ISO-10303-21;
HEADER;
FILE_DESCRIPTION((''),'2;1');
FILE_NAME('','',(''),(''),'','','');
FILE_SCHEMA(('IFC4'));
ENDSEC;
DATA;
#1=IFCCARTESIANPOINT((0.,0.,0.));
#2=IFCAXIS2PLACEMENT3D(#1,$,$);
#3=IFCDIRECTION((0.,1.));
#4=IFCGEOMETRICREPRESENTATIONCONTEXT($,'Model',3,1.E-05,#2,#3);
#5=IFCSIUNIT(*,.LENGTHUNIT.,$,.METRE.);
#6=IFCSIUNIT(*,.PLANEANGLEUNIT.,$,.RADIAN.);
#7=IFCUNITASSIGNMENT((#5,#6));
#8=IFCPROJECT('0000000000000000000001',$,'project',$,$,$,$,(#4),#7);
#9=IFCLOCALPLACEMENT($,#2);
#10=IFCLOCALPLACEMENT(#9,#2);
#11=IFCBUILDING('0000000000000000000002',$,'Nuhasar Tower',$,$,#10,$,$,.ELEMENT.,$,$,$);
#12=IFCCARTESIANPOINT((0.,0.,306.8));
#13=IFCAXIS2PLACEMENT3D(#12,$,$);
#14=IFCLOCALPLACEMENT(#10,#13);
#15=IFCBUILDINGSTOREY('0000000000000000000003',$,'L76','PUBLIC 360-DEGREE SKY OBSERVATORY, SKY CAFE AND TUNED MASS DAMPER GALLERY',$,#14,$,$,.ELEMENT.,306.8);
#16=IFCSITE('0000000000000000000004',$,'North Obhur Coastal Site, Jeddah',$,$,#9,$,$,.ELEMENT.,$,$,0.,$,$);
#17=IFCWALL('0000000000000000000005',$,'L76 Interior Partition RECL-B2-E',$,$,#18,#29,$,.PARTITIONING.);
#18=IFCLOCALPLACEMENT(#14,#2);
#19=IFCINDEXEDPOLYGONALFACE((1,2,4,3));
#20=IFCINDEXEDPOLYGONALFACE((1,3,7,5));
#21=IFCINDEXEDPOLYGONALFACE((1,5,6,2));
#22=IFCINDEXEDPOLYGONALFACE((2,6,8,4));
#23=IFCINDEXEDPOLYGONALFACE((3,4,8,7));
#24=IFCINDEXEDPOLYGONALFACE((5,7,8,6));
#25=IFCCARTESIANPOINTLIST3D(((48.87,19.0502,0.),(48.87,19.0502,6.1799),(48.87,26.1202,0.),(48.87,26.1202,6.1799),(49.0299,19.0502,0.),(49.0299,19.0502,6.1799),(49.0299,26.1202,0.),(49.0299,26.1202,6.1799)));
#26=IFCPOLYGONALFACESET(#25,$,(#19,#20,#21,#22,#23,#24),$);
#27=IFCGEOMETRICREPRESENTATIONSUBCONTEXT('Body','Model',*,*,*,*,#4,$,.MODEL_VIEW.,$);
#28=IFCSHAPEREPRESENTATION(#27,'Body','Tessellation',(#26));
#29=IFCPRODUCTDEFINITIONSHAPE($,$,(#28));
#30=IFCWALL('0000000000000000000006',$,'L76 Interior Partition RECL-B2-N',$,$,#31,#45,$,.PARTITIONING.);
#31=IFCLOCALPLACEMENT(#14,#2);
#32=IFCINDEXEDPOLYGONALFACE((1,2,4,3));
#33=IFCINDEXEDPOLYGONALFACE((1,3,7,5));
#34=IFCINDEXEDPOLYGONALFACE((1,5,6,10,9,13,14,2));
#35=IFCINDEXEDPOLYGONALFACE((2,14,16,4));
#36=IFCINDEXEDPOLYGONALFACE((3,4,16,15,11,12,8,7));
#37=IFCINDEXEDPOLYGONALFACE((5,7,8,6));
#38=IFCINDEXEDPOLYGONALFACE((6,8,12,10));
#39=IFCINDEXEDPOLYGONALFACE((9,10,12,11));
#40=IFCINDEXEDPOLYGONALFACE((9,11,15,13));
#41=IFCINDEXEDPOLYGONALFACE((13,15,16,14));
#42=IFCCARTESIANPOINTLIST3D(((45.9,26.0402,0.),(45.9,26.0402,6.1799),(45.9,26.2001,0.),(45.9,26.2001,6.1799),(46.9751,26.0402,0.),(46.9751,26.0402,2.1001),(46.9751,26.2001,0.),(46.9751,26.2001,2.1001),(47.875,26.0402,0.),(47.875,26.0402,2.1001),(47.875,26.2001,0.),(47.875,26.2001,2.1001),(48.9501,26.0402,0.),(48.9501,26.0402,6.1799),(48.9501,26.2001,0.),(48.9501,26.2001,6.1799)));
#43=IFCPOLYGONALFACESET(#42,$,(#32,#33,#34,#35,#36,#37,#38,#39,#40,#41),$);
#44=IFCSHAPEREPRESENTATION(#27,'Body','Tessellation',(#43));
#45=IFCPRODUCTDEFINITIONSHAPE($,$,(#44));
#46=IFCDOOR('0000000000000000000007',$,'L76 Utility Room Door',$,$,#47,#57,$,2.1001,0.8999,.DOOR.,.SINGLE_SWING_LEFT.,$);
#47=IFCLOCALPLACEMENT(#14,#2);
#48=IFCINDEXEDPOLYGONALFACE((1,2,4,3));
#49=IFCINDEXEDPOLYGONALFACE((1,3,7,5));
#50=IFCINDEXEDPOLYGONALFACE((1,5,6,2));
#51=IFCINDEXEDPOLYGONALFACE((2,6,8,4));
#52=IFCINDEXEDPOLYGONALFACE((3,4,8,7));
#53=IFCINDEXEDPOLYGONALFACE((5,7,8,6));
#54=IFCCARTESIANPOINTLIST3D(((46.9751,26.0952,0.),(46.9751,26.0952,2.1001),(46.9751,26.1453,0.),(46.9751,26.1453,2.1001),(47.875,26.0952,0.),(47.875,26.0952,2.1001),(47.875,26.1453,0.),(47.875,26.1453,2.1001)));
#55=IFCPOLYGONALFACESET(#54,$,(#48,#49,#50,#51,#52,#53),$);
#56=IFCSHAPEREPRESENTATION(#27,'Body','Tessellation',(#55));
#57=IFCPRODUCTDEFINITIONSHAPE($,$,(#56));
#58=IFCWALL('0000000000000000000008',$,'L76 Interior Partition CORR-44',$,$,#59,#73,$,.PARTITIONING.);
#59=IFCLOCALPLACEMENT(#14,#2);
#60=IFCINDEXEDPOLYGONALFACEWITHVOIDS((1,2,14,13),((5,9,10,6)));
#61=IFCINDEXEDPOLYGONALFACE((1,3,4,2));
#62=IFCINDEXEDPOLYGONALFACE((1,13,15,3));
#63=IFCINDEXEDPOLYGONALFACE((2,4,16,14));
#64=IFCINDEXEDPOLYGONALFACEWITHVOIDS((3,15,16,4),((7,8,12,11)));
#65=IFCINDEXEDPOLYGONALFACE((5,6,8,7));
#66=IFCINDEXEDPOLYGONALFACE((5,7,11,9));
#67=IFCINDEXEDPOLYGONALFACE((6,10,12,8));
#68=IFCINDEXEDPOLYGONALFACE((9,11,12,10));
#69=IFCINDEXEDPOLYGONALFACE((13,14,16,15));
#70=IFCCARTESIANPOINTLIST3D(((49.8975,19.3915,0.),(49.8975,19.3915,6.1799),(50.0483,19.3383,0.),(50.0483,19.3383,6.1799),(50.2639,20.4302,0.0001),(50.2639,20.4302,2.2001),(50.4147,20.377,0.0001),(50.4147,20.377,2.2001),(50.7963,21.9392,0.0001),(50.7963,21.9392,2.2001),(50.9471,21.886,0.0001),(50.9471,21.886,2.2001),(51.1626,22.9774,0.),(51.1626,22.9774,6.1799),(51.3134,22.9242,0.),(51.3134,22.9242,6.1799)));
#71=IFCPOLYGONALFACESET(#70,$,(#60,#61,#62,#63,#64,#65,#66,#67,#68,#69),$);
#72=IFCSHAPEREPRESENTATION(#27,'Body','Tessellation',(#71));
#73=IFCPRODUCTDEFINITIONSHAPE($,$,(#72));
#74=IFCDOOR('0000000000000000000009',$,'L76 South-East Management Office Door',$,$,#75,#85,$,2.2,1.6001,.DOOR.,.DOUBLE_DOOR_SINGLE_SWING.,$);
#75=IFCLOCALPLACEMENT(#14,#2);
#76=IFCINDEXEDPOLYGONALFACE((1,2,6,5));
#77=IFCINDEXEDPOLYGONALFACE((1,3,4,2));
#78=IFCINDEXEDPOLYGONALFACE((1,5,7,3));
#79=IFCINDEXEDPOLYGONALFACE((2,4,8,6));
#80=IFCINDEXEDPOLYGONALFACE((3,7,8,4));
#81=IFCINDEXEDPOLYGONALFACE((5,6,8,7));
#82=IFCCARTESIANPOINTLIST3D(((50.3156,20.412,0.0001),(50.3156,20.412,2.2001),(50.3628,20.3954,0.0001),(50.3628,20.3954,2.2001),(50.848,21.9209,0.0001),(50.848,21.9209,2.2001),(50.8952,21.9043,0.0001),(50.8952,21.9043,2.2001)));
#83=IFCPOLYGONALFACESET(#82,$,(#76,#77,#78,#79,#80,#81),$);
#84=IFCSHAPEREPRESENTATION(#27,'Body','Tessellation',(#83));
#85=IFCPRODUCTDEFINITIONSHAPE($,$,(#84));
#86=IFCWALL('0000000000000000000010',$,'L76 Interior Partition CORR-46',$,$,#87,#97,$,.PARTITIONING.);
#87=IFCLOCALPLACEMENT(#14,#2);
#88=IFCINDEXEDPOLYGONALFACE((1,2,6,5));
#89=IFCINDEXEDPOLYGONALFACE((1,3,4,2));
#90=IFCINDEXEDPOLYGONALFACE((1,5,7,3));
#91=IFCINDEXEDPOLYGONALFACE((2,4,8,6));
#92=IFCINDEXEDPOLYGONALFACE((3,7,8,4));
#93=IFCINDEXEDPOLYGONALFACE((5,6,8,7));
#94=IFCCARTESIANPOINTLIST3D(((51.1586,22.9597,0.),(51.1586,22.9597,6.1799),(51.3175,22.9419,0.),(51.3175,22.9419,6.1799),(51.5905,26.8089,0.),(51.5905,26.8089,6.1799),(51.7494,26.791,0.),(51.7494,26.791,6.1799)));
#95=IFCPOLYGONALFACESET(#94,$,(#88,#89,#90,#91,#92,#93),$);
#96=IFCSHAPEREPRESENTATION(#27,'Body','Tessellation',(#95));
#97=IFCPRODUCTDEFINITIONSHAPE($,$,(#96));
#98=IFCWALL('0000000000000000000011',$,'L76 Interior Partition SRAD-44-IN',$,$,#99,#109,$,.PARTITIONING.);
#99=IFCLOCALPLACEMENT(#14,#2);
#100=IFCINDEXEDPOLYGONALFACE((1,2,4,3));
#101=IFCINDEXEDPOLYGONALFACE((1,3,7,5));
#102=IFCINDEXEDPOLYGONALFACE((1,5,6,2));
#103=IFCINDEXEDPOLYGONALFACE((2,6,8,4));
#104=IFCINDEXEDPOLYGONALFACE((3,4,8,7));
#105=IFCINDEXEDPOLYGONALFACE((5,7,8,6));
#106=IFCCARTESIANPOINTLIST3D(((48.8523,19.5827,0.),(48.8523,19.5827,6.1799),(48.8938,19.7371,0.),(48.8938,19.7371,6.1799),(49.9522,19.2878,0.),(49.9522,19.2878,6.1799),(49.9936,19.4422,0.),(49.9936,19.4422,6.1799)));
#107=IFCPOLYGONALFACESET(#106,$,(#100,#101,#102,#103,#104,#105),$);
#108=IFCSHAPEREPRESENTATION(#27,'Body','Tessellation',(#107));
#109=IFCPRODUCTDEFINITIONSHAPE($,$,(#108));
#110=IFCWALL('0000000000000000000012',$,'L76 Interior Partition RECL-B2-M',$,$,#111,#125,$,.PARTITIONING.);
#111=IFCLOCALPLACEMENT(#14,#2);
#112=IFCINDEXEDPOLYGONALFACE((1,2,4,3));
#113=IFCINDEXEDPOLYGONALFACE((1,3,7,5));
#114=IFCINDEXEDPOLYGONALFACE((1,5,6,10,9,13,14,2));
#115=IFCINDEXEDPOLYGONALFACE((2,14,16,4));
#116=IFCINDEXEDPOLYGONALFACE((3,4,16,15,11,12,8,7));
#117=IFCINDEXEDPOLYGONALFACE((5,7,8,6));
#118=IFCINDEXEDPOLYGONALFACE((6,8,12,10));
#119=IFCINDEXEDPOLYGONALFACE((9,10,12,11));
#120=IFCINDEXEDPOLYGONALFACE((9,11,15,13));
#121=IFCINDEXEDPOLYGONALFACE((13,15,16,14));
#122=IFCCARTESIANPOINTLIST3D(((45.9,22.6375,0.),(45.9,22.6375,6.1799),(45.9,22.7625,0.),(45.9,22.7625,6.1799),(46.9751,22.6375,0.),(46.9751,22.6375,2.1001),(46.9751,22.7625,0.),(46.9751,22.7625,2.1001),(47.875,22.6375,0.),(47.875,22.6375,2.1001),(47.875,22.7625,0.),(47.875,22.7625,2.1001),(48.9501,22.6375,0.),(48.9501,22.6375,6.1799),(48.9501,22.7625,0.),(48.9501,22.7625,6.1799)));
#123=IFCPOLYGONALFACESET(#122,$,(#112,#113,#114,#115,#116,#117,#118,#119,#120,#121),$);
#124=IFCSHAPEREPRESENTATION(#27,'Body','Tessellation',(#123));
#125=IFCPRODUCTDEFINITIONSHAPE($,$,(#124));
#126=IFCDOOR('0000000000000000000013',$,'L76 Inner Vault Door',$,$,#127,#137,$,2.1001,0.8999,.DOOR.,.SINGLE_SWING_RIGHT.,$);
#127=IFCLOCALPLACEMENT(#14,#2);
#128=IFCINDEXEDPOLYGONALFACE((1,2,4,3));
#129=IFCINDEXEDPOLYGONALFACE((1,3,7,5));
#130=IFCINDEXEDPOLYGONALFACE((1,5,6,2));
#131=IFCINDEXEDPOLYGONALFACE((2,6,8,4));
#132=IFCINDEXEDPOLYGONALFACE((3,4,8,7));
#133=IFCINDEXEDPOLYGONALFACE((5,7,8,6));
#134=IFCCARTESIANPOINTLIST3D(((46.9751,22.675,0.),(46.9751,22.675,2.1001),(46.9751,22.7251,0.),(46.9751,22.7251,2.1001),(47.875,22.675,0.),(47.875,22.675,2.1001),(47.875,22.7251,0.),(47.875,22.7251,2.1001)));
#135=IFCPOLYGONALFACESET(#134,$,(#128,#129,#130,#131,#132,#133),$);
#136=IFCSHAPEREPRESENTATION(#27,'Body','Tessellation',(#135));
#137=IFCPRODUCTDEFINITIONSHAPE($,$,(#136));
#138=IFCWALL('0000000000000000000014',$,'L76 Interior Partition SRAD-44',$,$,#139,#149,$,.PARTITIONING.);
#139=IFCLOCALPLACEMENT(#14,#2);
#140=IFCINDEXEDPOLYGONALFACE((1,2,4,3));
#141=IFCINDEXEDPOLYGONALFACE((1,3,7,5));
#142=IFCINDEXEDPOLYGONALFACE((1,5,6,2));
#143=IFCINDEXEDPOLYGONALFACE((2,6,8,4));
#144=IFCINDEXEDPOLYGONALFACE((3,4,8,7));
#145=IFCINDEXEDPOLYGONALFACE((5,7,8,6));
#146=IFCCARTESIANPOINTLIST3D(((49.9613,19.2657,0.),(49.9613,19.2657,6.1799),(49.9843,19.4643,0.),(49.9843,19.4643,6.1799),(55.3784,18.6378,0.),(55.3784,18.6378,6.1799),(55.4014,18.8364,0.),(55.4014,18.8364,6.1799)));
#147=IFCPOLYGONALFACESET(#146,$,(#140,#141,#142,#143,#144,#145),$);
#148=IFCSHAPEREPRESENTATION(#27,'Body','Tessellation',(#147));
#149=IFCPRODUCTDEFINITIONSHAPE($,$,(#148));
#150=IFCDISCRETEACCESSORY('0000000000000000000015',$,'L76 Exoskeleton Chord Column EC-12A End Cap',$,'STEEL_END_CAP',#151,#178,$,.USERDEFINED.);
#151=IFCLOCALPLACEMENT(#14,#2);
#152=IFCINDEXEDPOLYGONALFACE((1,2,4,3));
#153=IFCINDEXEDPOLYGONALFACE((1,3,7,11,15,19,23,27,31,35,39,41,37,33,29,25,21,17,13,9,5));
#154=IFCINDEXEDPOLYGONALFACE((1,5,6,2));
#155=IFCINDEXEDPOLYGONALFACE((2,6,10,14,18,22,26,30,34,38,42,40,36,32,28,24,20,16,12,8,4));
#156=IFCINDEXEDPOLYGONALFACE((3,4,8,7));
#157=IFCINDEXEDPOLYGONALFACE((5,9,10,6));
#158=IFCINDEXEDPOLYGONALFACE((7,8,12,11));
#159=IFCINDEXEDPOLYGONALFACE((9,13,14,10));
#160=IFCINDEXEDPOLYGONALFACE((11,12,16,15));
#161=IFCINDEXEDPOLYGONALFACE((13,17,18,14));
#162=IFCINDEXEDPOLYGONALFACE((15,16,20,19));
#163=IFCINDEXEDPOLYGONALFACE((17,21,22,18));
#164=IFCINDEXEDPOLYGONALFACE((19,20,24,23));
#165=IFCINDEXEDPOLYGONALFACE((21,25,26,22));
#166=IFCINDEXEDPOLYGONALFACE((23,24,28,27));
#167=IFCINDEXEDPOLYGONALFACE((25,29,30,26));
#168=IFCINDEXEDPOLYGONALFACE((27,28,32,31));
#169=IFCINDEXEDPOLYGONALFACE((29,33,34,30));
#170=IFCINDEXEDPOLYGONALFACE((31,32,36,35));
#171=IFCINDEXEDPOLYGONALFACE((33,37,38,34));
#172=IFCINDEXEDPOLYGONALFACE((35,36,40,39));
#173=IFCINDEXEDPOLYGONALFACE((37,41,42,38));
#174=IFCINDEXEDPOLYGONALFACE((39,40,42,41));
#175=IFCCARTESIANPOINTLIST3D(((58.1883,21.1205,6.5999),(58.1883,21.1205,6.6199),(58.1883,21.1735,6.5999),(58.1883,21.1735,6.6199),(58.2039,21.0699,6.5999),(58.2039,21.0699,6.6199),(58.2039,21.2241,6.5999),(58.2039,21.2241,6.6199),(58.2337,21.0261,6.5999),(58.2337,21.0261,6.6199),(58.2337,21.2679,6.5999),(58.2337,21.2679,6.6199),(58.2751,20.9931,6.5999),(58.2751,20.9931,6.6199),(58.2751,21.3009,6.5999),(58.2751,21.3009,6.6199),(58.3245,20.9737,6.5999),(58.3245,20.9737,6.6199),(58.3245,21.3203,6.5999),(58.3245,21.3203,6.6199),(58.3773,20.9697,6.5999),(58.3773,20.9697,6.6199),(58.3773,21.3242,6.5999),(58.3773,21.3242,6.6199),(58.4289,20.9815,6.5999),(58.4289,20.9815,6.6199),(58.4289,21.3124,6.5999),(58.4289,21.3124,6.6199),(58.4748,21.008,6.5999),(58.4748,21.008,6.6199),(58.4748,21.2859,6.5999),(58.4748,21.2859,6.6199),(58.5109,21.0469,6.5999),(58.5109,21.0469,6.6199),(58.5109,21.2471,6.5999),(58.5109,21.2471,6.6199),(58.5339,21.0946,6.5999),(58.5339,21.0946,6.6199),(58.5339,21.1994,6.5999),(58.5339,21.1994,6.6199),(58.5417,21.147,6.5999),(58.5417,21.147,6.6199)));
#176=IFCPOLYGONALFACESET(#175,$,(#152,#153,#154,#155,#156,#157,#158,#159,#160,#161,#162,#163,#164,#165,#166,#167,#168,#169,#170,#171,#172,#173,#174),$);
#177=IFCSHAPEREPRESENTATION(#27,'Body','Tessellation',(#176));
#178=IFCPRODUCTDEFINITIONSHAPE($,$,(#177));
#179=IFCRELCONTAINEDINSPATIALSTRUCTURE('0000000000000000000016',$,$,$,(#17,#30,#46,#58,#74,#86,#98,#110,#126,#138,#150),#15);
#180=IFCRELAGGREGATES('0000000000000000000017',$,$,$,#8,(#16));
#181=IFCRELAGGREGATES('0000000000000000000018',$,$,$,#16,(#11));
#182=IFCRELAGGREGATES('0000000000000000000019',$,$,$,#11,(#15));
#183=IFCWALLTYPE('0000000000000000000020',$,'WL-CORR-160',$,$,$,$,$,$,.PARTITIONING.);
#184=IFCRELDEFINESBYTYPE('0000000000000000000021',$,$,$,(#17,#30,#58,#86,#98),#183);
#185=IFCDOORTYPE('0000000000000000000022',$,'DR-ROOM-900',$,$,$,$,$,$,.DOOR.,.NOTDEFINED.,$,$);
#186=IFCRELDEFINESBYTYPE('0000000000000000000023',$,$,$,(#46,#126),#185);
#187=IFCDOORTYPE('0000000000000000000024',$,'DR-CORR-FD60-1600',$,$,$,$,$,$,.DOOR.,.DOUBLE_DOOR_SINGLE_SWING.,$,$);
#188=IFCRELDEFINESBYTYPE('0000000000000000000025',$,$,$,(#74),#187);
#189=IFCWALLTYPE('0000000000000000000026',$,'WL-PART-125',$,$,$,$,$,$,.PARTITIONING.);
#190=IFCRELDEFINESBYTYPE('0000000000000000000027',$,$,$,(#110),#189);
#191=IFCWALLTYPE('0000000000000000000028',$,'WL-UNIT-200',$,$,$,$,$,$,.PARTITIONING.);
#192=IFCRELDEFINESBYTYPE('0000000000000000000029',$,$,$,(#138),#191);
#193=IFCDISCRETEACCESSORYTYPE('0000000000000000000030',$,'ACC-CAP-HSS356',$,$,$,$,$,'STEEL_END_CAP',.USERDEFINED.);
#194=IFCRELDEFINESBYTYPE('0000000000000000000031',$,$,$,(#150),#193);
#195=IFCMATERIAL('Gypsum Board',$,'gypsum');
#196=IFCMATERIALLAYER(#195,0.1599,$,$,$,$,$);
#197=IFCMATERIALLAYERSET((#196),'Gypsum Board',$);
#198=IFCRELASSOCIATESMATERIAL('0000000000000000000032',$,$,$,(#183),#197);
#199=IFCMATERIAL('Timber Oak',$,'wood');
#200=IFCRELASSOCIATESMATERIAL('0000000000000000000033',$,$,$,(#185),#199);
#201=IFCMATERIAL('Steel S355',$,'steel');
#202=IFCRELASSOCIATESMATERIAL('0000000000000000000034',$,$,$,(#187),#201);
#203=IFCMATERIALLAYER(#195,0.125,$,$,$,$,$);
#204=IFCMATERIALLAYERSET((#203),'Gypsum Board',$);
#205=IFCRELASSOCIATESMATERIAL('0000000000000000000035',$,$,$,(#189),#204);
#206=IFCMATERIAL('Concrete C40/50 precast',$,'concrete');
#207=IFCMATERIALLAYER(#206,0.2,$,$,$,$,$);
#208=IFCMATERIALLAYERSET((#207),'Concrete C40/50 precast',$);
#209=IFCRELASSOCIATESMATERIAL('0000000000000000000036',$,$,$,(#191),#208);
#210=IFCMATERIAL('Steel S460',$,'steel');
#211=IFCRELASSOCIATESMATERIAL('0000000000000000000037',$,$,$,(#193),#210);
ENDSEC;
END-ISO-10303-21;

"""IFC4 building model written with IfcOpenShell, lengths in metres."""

from ifc_helpers import new_model, si_unit, direction, frame, frame_2d, origin, origin_2d, place, context, subcontext, project, spatial, rectangle, circle, extrude, material, layer, layer_set, type_object, element, fill, save


model = new_model("IFC4")

# Units and contexts
model_context = context("Model", 3, precision=1e-05, world=origin(), true_north=direction((0.0, 1.0)))
body_context = subcontext(model_context, "Body", "Model", "MODEL_VIEW")
ifc_project = project(units=[si_unit("LENGTHUNIT", "METRE"), si_unit("PLANEANGLEUNIT", "RADIAN")], contexts=[model_context])

# Site, building, storey
site_placement = place(None, origin())
site = spatial("IfcSite", under=ifc_project, at=site_placement, Name="North Obhur Coastal Site, Jeddah", CompositionType="ELEMENT", RefElevation=0.0)
building_placement = place(site_placement, origin())
building = spatial("IfcBuilding", under=site, at=building_placement, Name="Nuhasar Tower", CompositionType="ELEMENT")
storey_placement = place(building_placement, frame((0.0, 0.0, 306.8)))
storey = spatial("IfcBuildingStorey", under=building, at=storey_placement, Name="L76", Description="PUBLIC 360-DEGREE SKY OBSERVATORY, SKY CAFE AND TUNED MASS DAMPER GALLERY", CompositionType="ELEMENT", Elevation=306.8)

# Shared definitions
ifc_material_1 = material(Name="Steel S460", Category="steel")

# Wall
ifc_material_2 = material(Name="Gypsum Board", Category="gypsum")
ifc_layer_1 = layer(ifc_material_2, 0.1599)
ifc_layer_set_1 = layer_set([ifc_layer_1], Name="Gypsum Board")
wall_type_1 = type_object("IfcWallType", Name="WL-CORR-160", PredefinedType="PARTITIONING", material=ifc_layer_set_1)
wall_1_placement = place(storey_placement, frame((48.95, 19.05, 0.0), z_axis=(0.0, 0.0, 1.0), x_axis=(0.0, 1.0, 0.0)))
element("IfcWall", 1, at=wall_1_placement, inside=storey, type_object=wall_type_1, Name="L76 Interior Partition RECL-B2-E", PredefinedType="PARTITIONING", context=body_context, shape_type="SweptSolid", body=[
    extrude(rectangle(XDim=7.0701, YDim=0.1599, at=frame_2d((3.5352, 0.0))), origin(), (0.0, 0.0, 1.0), 6.1799),
])

# Walls, openings, doors
wall_2_placement = place(storey_placement, frame((48.95, 26.1201, 0.0), z_axis=(0.0, 0.0, 1.0), x_axis=(-1.0, 0.0, 0.0)))
wall_2 = element("IfcWall", 2, at=wall_2_placement, inside=storey, type_object=wall_type_1, Name="L76 Interior Partition RECL-B2-N", PredefinedType="PARTITIONING", context=body_context, shape_type="SweptSolid", body=[
    extrude(rectangle(XDim=3.05, YDim=0.1599, at=frame_2d((1.5249, 0.0))), origin(), (0.0, 0.0, 1.0), 6.1799),
])
opening_1_placement = place(wall_2_placement, frame((1.075, 0.0, 0.0)))
opening_1 = element("IfcOpeningElement", 3, at=opening_1_placement, cuts=wall_2, PredefinedType="OPENING", context=body_context, shape_type="SweptSolid", body=[
    extrude(rectangle(XDim=0.8999, YDim=2.1001, at=frame_2d((0.45, 1.05))), frame((0.0, 0.0898, 0.0), z_axis=(0.0, -1.0, 0.0), x_axis=(1.0, 0.0, 0.0)), (0.0, 0.0, 1.0), 0.1799),
])
ifc_material_3 = material(Name="Timber Oak", Category="wood")
door_type_1 = type_object("IfcDoorType", Name="DR-ROOM-900", OperationType="NOTDEFINED", PredefinedType="DOOR", material=ifc_material_3)
door_1_placement = place(opening_1_placement, origin())
door_1 = element("IfcDoor", 4, at=door_1_placement, inside=storey, type_object=door_type_1, Name="L76 Utility Room Door", OperationType="SINGLE_SWING_LEFT", OverallHeight=2.1001, OverallWidth=0.8999, PredefinedType="DOOR", context=body_context, shape_type="SweptSolid", body=[
    extrude(rectangle(XDim=0.8999, YDim=2.1001, at=frame_2d((0.45, 1.05))), frame((0.0, 0.0249, 0.0), z_axis=(0.0, -1.0, 0.0), x_axis=(1.0, 0.0, 0.0)), (0.0, 0.0, 1.0), 0.05),
])
fill(opening_1, door_1)
wall_3_placement = place(storey_placement, frame((51.238, 22.9509, 0.0), z_axis=(0.0, 0.0, 1.0), x_axis=(-0.332706, -0.943031, 0.0)))
wall_3 = element("IfcWall", 5, at=wall_3_placement, inside=storey, type_object=wall_type_1, Name="L76 Interior Partition CORR-44", PredefinedType="PARTITIONING", context=body_context, shape_type="SweptSolid", body=[
    extrude(rectangle(XDim=3.8025, YDim=0.1599, at=frame_2d((1.9014, 0.0))), origin(), (0.0, 0.0, 1.0), 6.1799),
])
opening_2_placement = place(wall_3_placement, frame((1.1011, 0.0, 0.0)))
opening_2 = element("IfcOpeningElement", 6, at=opening_2_placement, cuts=wall_3, PredefinedType="OPENING", context=body_context, shape_type="SweptSolid", body=[
    extrude(rectangle(XDim=1.6001, YDim=2.2, at=frame_2d((0.8, 1.1001))), frame((0.0, 0.0898, 0.0), z_axis=(0.0, -1.0, 0.0), x_axis=(1.0, 0.0, 0.0)), (0.0, 0.0, 1.0), 0.1799),
])
ifc_material_4 = material(Name="Steel S355", Category="steel")
door_type_2 = type_object("IfcDoorType", Name="DR-CORR-FD60-1600", OperationType="DOUBLE_DOOR_SINGLE_SWING", PredefinedType="DOOR", material=ifc_material_4)
door_2_placement = place(opening_2_placement, origin())
door_2 = element("IfcDoor", 7, at=door_2_placement, inside=storey, type_object=door_type_2, Name="L76 South-East Management Office Door", OperationType="DOUBLE_DOOR_SINGLE_SWING", OverallHeight=2.2, OverallWidth=1.6001, PredefinedType="DOOR", context=body_context, shape_type="SweptSolid", body=[
    extrude(rectangle(XDim=1.6001, YDim=2.2, at=frame_2d((0.8, 1.1001))), frame((0.0, 0.0249, 0.0), z_axis=(0.0, -1.0, 0.0), x_axis=(1.0, 0.0, 0.0)), (0.0, 0.0, 1.0), 0.05),
])
fill(opening_2, door_2)

# Walls
wall_4_placement = place(storey_placement, frame((51.238, 22.9509, 0.0), z_axis=(0.0, 0.0, 1.0), x_axis=(0.111504, 0.993764, 0.0)))
element("IfcWall", 8, at=wall_4_placement, inside=storey, type_object=wall_type_1, Name="L76 Interior Partition CORR-46", PredefinedType="PARTITIONING", context=body_context, shape_type="SweptSolid", body=[
    extrude(rectangle(XDim=3.8733, YDim=0.1599, at=frame_2d((1.9365, 0.0))), origin(), (0.0, 0.0, 1.0), 6.1799),
])
wall_5_placement = place(storey_placement, frame((48.873, 19.6599, 0.0), z_axis=(0.0, 0.0, 1.0), x_axis=(0.965878, -0.258997, 0.0)))
element("IfcWall", 9, at=wall_5_placement, inside=storey, type_object=wall_type_1, Name="L76 Interior Partition SRAD-44-IN", PredefinedType="PARTITIONING", context=body_context, shape_type="SweptSolid", body=[
    extrude(rectangle(XDim=1.1387, YDim=0.1599, at=frame_2d((0.5693, 0.0))), origin(), (0.0, 0.0, 1.0), 6.1799),
])

# Wall, opening, door
ifc_layer_2 = layer(ifc_material_2, 0.125)
ifc_layer_set_2 = layer_set([ifc_layer_2], Name="Gypsum Board")
wall_type_2 = type_object("IfcWallType", Name="WL-PART-125", PredefinedType="PARTITIONING", material=ifc_layer_set_2)
wall_6_placement = place(storey_placement, frame((48.95, 22.7, 0.0), z_axis=(0.0, 0.0, 1.0), x_axis=(-1.0, 0.0, 0.0)))
wall_6 = element("IfcWall", 10, at=wall_6_placement, inside=storey, type_object=wall_type_2, Name="L76 Interior Partition RECL-B2-M", PredefinedType="PARTITIONING", context=body_context, shape_type="SweptSolid", body=[
    extrude(rectangle(XDim=3.05, YDim=0.125, at=frame_2d((1.5249, 0.0))), origin(), (0.0, 0.0, 1.0), 6.1799),
])
opening_3_placement = place(wall_6_placement, frame((1.075, 0.0, 0.0)))
opening_3 = element("IfcOpeningElement", 11, at=opening_3_placement, cuts=wall_6, PredefinedType="OPENING", context=body_context, shape_type="SweptSolid", body=[
    extrude(rectangle(XDim=0.8999, YDim=2.1001, at=frame_2d((0.45, 1.05))), frame((0.0, 0.0725, 0.0), z_axis=(0.0, -1.0, 0.0), x_axis=(1.0, 0.0, 0.0)), (0.0, 0.0, 1.0), 0.145),
])
door_3_placement = place(opening_3_placement, origin())
door_3 = element("IfcDoor", 12, at=door_3_placement, inside=storey, type_object=door_type_1, Name="L76 Inner Vault Door", OperationType="SINGLE_SWING_RIGHT", OverallHeight=2.1001, OverallWidth=0.8999, PredefinedType="DOOR", context=body_context, shape_type="SweptSolid", body=[
    extrude(rectangle(XDim=0.8999, YDim=2.1001, at=frame_2d((0.45, 1.05))), frame((0.0, 0.0249, 0.0), z_axis=(0.0, -1.0, 0.0), x_axis=(1.0, 0.0, 0.0)), (0.0, 0.0, 1.0), 0.05),
])
fill(opening_3, door_3)

# Wall
ifc_material_5 = material(Name="Concrete C40/50 precast", Category="concrete")
ifc_layer_3 = layer(ifc_material_5, 0.2)
ifc_layer_set_3 = layer_set([ifc_layer_3], Name="Concrete C40/50 precast")
wall_type_3 = type_object("IfcWallType", Name="WL-UNIT-200", PredefinedType="PARTITIONING", material=ifc_layer_set_3)
wall_7_placement = place(storey_placement, frame((49.9729, 19.365, 0.0), z_axis=(0.0, 0.0, 1.0), x_axis=(0.993348, -0.115147, 0.0)))
element("IfcWall", 13, at=wall_7_placement, inside=storey, type_object=wall_type_3, Name="L76 Interior Partition SRAD-44", PredefinedType="PARTITIONING", context=body_context, shape_type="SweptSolid", body=[
    extrude(rectangle(XDim=5.4534, YDim=0.2, at=frame_2d((2.7266, 0.0))), origin(), (0.0, 0.0, 1.0), 6.1799),
])

# Discrete accessory
discrete_accessory_type_1 = type_object("IfcDiscreteAccessoryType", Name="ACC-CAP-HSS356", ElementType="STEEL_END_CAP", PredefinedType="USERDEFINED", material=ifc_material_1)
discrete_accessory_placement = place(storey_placement, frame((58.364, 21.147, 6.5999), z_axis=(0.0, 0.0, 1.0), x_axis=(1.0, 0.0, 0.0)))
element("IfcDiscreteAccessory", 14, at=discrete_accessory_placement, inside=storey, type_object=discrete_accessory_type_1, Name="L76 Exoskeleton Chord Column EC-12A End Cap", ObjectType="STEEL_END_CAP", PredefinedType="USERDEFINED", context=body_context, shape_type="SweptSolid", body=[
    extrude(circle(Radius=0.1777, at=origin_2d()), origin(), (0.0, 0.0, 1.0), 0.02),
])

save(model, "model.ifc")
